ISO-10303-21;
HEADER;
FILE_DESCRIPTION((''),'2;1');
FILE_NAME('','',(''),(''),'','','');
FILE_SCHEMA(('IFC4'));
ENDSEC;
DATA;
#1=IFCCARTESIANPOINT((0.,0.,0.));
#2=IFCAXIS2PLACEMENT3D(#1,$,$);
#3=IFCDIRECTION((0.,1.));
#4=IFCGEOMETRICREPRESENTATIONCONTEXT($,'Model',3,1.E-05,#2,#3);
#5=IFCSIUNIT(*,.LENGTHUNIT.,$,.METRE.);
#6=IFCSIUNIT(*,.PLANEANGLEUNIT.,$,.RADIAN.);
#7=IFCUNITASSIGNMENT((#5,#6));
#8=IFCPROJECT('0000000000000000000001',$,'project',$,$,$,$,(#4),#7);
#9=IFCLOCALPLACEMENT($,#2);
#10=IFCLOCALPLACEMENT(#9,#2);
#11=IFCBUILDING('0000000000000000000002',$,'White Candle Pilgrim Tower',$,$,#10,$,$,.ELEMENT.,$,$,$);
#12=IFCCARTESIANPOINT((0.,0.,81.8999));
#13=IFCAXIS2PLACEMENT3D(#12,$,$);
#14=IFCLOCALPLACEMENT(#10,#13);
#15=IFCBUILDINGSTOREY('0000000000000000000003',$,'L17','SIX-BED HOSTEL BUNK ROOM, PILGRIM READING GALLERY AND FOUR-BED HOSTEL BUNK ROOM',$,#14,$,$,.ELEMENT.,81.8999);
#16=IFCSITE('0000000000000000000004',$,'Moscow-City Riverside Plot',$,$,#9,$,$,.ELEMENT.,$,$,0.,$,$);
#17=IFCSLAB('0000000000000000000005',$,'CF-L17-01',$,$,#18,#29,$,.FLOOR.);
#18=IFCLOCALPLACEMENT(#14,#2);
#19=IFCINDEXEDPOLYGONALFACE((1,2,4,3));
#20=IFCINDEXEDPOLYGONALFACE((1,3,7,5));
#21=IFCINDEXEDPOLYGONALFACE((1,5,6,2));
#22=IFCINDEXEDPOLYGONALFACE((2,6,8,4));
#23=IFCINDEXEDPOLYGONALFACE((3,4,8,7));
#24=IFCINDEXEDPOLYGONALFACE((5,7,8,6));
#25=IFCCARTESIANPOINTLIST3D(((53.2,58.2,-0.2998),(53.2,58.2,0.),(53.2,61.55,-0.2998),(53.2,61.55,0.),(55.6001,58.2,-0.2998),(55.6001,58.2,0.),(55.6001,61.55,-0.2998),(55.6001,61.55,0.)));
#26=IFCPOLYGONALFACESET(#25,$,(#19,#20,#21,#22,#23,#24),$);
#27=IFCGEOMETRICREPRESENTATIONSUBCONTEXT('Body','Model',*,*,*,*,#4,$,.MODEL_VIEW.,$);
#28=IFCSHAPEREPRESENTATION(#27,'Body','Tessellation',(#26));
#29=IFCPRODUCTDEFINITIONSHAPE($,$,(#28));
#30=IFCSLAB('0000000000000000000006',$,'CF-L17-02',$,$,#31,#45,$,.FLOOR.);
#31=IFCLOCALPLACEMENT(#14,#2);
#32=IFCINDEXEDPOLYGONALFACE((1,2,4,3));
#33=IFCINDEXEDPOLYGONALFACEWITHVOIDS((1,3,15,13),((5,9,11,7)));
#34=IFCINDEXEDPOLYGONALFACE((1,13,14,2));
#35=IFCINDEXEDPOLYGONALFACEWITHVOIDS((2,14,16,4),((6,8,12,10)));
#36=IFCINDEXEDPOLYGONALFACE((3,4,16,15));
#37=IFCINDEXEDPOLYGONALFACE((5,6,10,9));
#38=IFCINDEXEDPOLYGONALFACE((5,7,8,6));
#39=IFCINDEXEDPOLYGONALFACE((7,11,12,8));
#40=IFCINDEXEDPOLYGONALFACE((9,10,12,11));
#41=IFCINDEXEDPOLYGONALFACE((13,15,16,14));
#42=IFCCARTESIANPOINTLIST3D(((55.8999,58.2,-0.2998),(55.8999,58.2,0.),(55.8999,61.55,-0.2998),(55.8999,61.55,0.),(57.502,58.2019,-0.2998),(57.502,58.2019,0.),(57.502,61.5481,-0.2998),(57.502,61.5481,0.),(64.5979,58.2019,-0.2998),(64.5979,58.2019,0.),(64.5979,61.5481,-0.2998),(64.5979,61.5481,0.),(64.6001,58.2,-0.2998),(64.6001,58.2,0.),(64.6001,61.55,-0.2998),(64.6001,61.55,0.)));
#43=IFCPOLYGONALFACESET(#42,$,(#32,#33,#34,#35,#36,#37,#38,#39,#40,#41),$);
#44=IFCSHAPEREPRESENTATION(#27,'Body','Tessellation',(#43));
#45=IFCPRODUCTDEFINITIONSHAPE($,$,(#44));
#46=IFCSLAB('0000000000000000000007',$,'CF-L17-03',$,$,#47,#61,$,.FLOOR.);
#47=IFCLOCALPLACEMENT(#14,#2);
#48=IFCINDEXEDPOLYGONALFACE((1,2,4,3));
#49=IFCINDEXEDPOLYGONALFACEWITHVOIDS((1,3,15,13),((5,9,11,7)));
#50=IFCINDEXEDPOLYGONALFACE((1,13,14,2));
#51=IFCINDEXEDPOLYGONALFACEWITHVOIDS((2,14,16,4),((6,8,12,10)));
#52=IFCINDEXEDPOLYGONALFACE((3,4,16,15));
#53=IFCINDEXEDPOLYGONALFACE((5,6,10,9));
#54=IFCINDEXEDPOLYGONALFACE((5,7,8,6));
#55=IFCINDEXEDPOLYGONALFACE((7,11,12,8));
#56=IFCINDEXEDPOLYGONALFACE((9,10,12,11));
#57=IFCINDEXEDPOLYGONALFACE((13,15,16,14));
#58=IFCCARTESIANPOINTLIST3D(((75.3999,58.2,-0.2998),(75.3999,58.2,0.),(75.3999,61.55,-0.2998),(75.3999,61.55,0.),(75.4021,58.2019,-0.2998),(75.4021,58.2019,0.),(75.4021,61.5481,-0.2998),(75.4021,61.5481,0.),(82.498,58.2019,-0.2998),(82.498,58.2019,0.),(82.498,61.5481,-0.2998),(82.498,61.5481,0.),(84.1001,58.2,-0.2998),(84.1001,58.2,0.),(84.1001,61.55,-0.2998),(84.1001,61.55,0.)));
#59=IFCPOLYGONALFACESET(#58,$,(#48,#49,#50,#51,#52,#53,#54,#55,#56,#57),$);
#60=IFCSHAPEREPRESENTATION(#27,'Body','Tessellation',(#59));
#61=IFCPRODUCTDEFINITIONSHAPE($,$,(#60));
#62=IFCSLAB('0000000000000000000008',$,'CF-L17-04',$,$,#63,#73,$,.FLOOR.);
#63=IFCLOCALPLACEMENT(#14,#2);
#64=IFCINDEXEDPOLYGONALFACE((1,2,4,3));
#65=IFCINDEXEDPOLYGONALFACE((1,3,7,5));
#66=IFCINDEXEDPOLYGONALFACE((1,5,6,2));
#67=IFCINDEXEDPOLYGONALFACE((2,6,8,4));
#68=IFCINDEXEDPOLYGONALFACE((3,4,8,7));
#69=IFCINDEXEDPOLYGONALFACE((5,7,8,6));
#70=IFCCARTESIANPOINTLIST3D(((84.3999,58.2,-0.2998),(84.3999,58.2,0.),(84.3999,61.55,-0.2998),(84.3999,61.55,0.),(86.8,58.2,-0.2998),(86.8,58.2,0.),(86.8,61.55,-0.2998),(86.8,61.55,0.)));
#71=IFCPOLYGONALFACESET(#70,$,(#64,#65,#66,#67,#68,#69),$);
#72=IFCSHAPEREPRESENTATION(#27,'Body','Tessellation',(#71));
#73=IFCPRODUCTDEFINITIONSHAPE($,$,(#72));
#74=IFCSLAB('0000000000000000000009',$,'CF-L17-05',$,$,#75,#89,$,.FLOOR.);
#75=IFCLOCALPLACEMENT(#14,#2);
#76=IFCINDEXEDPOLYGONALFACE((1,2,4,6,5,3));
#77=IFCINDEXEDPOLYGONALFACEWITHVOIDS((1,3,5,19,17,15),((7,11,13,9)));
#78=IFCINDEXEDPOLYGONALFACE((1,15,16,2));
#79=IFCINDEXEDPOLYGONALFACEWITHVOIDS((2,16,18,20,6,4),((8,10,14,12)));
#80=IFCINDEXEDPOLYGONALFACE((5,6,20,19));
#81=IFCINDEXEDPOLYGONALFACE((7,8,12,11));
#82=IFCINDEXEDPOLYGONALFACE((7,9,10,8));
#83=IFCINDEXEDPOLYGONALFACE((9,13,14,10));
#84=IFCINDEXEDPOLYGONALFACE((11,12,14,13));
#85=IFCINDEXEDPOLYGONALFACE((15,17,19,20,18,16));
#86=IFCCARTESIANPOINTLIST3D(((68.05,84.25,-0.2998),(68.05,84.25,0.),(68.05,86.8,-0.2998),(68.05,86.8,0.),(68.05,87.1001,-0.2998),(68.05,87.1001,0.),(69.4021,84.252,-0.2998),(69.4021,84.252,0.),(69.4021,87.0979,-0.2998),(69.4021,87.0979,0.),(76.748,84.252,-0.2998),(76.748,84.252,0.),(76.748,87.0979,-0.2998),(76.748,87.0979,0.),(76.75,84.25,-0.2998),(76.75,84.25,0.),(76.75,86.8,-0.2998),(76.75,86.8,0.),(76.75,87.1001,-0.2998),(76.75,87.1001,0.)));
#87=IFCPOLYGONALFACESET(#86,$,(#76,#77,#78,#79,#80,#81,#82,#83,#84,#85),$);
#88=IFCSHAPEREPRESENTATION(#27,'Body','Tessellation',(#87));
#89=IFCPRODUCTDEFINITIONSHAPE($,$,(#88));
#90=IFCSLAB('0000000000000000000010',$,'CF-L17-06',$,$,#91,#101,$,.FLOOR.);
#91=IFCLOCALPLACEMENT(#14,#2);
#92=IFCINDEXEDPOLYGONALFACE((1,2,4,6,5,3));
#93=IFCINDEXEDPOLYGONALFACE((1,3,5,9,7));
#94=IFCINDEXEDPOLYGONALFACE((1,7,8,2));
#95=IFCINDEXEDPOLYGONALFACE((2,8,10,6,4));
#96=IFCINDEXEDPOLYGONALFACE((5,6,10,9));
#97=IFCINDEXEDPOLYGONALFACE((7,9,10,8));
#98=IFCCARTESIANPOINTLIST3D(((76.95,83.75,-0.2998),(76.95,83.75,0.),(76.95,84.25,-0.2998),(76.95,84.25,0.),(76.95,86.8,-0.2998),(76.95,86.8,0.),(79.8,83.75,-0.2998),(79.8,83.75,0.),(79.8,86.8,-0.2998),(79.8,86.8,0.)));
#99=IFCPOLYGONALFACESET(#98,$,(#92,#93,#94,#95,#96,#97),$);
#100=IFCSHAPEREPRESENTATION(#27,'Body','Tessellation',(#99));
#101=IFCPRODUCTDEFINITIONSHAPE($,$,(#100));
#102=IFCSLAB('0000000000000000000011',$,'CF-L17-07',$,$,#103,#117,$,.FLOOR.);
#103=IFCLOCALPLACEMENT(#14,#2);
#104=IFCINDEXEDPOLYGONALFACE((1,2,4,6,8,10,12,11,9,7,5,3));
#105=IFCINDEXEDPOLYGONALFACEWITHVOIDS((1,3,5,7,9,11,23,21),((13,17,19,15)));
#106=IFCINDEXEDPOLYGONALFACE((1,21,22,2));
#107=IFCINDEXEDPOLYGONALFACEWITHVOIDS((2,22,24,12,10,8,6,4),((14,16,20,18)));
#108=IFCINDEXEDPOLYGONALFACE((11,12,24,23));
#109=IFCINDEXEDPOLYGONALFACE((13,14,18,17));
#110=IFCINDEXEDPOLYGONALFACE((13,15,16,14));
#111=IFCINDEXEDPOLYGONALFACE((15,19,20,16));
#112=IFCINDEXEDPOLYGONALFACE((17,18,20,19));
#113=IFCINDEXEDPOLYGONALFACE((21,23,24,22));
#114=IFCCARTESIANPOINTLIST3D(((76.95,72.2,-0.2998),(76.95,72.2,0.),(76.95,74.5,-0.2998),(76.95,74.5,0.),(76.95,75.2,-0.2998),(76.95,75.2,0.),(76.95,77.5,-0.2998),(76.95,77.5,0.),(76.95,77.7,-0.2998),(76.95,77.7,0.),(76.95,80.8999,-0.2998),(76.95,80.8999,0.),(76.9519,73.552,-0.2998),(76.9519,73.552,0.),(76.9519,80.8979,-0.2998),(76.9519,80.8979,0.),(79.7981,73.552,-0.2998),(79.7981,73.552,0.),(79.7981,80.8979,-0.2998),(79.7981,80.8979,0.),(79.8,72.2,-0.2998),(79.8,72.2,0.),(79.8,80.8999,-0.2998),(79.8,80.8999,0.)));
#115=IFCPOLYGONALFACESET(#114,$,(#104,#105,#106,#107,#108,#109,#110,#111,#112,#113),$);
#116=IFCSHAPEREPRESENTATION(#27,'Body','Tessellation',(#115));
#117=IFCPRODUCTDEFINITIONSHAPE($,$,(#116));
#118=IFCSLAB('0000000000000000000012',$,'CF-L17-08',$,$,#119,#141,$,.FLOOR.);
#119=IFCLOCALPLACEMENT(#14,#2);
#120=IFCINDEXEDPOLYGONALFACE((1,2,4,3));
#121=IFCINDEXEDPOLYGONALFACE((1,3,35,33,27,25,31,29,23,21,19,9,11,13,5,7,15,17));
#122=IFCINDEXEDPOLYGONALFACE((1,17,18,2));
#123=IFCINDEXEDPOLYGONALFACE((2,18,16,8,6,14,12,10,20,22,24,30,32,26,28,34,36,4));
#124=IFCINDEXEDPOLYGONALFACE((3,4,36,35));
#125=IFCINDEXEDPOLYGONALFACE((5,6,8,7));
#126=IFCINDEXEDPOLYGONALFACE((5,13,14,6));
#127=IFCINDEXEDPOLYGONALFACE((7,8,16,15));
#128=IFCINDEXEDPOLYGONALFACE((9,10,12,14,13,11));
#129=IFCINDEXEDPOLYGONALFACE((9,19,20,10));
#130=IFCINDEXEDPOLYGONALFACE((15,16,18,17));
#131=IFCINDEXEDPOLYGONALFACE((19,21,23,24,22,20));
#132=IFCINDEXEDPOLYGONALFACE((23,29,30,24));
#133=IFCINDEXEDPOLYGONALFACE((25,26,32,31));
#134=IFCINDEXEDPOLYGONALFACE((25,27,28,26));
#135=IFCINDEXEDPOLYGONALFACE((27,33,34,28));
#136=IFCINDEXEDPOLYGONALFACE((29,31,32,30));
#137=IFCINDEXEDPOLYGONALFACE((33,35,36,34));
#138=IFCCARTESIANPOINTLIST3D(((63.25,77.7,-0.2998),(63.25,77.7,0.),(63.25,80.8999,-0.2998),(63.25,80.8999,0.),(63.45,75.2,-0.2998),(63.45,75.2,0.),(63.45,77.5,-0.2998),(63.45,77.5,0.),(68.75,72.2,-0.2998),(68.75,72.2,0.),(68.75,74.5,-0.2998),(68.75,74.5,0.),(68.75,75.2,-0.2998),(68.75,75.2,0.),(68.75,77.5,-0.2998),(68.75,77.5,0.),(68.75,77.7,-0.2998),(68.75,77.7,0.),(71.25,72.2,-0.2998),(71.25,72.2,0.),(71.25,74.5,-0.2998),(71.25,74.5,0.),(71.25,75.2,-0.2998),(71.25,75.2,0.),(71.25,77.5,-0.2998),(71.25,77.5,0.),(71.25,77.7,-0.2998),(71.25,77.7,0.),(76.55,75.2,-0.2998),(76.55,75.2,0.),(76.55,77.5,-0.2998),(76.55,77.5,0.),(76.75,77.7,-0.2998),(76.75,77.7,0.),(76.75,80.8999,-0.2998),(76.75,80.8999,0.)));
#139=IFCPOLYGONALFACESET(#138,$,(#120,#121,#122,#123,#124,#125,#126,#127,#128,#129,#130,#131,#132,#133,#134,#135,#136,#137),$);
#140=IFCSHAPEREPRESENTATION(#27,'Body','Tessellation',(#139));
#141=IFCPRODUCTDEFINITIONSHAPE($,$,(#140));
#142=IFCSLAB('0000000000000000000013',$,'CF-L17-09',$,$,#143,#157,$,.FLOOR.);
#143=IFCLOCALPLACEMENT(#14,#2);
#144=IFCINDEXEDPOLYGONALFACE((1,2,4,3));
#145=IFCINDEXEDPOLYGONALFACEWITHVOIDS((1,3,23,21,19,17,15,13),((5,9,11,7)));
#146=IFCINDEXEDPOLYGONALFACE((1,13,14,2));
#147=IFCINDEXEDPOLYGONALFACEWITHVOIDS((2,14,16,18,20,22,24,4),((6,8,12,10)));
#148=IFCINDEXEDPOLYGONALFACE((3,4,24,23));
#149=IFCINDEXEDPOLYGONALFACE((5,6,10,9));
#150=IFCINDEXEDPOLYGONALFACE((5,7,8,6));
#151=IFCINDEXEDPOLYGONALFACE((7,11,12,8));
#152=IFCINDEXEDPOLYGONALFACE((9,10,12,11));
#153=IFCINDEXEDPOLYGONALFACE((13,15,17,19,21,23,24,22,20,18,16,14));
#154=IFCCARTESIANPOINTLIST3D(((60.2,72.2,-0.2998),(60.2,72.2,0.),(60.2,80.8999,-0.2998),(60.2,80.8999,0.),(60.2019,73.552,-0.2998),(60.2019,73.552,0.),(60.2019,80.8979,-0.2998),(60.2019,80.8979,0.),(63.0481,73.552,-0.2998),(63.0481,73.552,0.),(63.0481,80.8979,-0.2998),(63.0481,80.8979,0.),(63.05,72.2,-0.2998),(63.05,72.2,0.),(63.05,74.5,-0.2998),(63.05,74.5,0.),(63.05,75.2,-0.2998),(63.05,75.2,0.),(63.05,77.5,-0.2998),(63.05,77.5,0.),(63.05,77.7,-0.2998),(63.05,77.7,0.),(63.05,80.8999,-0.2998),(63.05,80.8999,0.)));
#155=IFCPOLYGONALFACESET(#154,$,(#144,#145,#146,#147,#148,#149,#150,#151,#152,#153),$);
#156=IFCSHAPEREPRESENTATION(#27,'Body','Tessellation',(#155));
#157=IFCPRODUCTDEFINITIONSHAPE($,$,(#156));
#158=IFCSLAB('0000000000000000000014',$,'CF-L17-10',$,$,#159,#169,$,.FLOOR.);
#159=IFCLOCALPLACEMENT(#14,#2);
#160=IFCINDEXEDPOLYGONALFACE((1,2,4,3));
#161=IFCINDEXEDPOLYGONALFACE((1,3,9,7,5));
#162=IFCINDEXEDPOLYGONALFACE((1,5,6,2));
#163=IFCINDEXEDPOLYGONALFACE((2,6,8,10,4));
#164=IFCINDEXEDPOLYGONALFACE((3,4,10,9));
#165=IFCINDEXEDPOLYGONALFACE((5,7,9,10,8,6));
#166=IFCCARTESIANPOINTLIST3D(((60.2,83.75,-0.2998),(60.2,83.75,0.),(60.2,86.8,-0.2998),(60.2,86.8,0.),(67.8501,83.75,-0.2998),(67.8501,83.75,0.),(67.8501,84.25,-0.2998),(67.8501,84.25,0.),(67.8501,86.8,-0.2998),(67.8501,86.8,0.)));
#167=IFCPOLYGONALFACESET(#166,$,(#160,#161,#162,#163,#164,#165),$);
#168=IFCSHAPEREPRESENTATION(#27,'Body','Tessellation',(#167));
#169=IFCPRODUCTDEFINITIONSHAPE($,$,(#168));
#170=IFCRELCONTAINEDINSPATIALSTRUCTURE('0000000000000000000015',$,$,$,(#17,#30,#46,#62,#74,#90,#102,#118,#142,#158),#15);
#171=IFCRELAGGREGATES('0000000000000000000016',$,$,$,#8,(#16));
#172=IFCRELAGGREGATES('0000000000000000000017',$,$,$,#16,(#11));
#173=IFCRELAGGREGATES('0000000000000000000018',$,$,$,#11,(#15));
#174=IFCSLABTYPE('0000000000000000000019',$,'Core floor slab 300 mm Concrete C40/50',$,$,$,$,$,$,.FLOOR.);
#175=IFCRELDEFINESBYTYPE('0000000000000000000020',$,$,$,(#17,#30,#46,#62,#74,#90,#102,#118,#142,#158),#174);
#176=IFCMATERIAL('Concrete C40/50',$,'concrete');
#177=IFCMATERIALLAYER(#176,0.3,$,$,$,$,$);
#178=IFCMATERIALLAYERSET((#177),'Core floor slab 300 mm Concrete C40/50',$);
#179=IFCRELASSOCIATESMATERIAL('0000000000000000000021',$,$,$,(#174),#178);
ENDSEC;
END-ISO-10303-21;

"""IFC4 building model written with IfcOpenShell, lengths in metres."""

from ifc_helpers import new_model, si_unit, direction, frame, origin, place, context, subcontext, project, spatial, polyline, outline, extrude, material, layer, layer_set, type_object, element, save


model = new_model("IFC4")

# Units and contexts
model_context = context("Model", 3, precision=1e-05, world=origin(), true_north=direction((0.0, 1.0)))
body_context = subcontext(model_context, "Body", "Model", "MODEL_VIEW")
ifc_project = project(units=[si_unit("LENGTHUNIT", "METRE"), si_unit("PLANEANGLEUNIT", "RADIAN")], contexts=[model_context])

# Site, building, storey
site_placement = place(None, origin())
site = spatial("IfcSite", under=ifc_project, at=site_placement, Name="Moscow-City Riverside Plot", CompositionType="ELEMENT", RefElevation=0.0)
building_placement = place(site_placement, origin())
building = spatial("IfcBuilding", under=site, at=building_placement, Name="White Candle Pilgrim Tower", CompositionType="ELEMENT")
storey_placement = place(building_placement, frame((0.0, 0.0, 81.8999)))
storey = spatial("IfcBuildingStorey", under=building, at=storey_placement, Name="L17", Description="SIX-BED HOSTEL BUNK ROOM, PILGRIM READING GALLERY AND FOUR-BED HOSTEL BUNK ROOM", CompositionType="ELEMENT", Elevation=81.8999)

# Slabs
ifc_material = material(Name="Concrete C40/50", Category="concrete")
ifc_layer_1 = layer(ifc_material, 0.3)
ifc_layer_set_1 = layer_set([ifc_layer_1], Name="Core floor slab 300 mm Concrete C40/50")
slab_type_1 = type_object("IfcSlabType", Name="Core floor slab 300 mm Concrete C40/50", PredefinedType="FLOOR", material=ifc_layer_set_1)
slab_1_placement = place(storey_placement, frame((0.0, 0.0, -0.2998)))
element("IfcSlab", 1, at=slab_1_placement, inside=storey, type_object=slab_type_1, Name="CF-L17-01", PredefinedType="FLOOR", context=body_context, shape_type="SweptSolid", body=[
    extrude(outline(polyline([(55.6001, 58.2), (53.2, 58.2), (53.2, 61.55), (55.6001, 61.55), (55.6001, 58.2)])), origin(), (0.0, 0.0, 1.0), 0.2998),
])
slab_2_placement = place(storey_placement, frame((0.0, 0.0, -0.2998)))
element("IfcSlab", 2, at=slab_2_placement, inside=storey, type_object=slab_type_1, Name="CF-L17-02", PredefinedType="FLOOR", context=body_context, shape_type="SweptSolid", body=[
    extrude(outline(polyline([(55.8999, 58.2), (55.8999, 61.55), (64.6001, 61.55), (64.6001, 58.2), (55.8999, 58.2)]), holes=[polyline([(57.502, 61.5481), (57.502, 58.2019), (64.5979, 58.2019), (64.5979, 61.5481), (57.502, 61.5481)])]), origin(), (0.0, 0.0, 1.0), 0.2998),
])
slab_3_placement = place(storey_placement, frame((0.0, 0.0, -0.2998)))
element("IfcSlab", 3, at=slab_3_placement, inside=storey, type_object=slab_type_1, Name="CF-L17-03", PredefinedType="FLOOR", context=body_context, shape_type="SweptSolid", body=[
    extrude(outline(polyline([(75.3999, 58.2), (75.3999, 61.55), (84.1001, 61.55), (84.1001, 58.2), (75.3999, 58.2)]), holes=[polyline([(82.498, 58.2019), (82.498, 61.5481), (75.4021, 61.5481), (75.4021, 58.2019), (82.498, 58.2019)])]), origin(), (0.0, 0.0, 1.0), 0.2998),
])
slab_4_placement = place(storey_placement, frame((0.0, 0.0, -0.2998)))
element("IfcSlab", 4, at=slab_4_placement, inside=storey, type_object=slab_type_1, Name="CF-L17-04", PredefinedType="FLOOR", context=body_context, shape_type="SweptSolid", body=[
    extrude(outline(polyline([(86.8, 58.2), (84.3999, 58.2), (84.3999, 61.55), (86.8, 61.55), (86.8, 58.2)])), origin(), (0.0, 0.0, 1.0), 0.2998),
])
slab_5_placement = place(storey_placement, frame((0.0, 0.0, -0.2998)))
element("IfcSlab", 5, at=slab_5_placement, inside=storey, type_object=slab_type_1, Name="CF-L17-05", PredefinedType="FLOOR", context=body_context, shape_type="SweptSolid", body=[
    extrude(outline(polyline([(76.75, 87.1001), (76.75, 86.8), (76.75, 84.25), (68.05, 84.25), (68.05, 86.8), (68.05, 87.1001), (76.75, 87.1001)]), holes=[polyline([(69.4021, 87.0979), (69.4021, 84.252), (76.748, 84.252), (76.748, 87.0979), (69.4021, 87.0979)])]), origin(), (0.0, 0.0, 1.0), 0.2998),
])
slab_6_placement = place(storey_placement, frame((0.0, 0.0, -0.2998)))
element("IfcSlab", 6, at=slab_6_placement, inside=storey, type_object=slab_type_1, Name="CF-L17-06", PredefinedType="FLOOR", context=body_context, shape_type="SweptSolid", body=[
    extrude(outline(polyline([(79.8, 86.8), (79.8, 83.75), (76.95, 83.75), (76.95, 84.25), (76.95, 86.8), (79.8, 86.8)])), origin(), (0.0, 0.0, 1.0), 0.2998),
])
slab_7_placement = place(storey_placement, frame((0.0, 0.0, -0.2998)))
element("IfcSlab", 7, at=slab_7_placement, inside=storey, type_object=slab_type_1, Name="CF-L17-07", PredefinedType="FLOOR", context=body_context, shape_type="SweptSolid", body=[
    extrude(outline(polyline([(79.8, 72.2), (76.95, 72.2), (76.95, 74.5), (76.95, 75.2), (76.95, 77.5), (76.95, 77.7), (76.95, 80.8999), (79.8, 80.8999), (79.8, 72.2)]), holes=[polyline([(76.9519, 73.552), (79.7981, 73.552), (79.7981, 80.8979), (76.9519, 80.8979), (76.9519, 73.552)])]), origin(), (0.0, 0.0, 1.0), 0.2998),
])
slab_8_placement = place(storey_placement, frame((0.0, 0.0, -0.2998)))
element("IfcSlab", 8, at=slab_8_placement, inside=storey, type_object=slab_type_1, Name="CF-L17-08", PredefinedType="FLOOR", context=body_context, shape_type="SweptSolid", body=[
    extrude(outline(polyline([(68.75, 72.2), (68.75, 74.5), (68.75, 75.2), (63.45, 75.2), (63.45, 77.5), (68.75, 77.5), (68.75, 77.7), (63.25, 77.7), (63.25, 80.8999), (76.75, 80.8999), (76.75, 77.7), (71.25, 77.7), (71.25, 77.5), (76.55, 77.5), (76.55, 75.2), (71.25, 75.2), (71.25, 74.5), (71.25, 72.2), (68.75, 72.2)])), origin(), (0.0, 0.0, 1.0), 0.2998),
])
slab_9_placement = place(storey_placement, frame((0.0, 0.0, -0.2998)))
element("IfcSlab", 9, at=slab_9_placement, inside=storey, type_object=slab_type_1, Name="CF-L17-09", PredefinedType="FLOOR", context=body_context, shape_type="SweptSolid", body=[
    extrude(outline(polyline([(60.2, 72.2), (60.2, 80.8999), (63.05, 80.8999), (63.05, 77.7), (63.05, 77.5), (63.05, 75.2), (63.05, 74.5), (63.05, 72.2), (60.2, 72.2)]), holes=[polyline([(60.2019, 73.552), (63.0481, 73.552), (63.0481, 80.8979), (60.2019, 80.8979), (60.2019, 73.552)])]), origin(), (0.0, 0.0, 1.0), 0.2998),
])
slab_10_placement = place(storey_placement, frame((0.0, 0.0, -0.2998)))
element("IfcSlab", 10, at=slab_10_placement, inside=storey, type_object=slab_type_1, Name="CF-L17-10", PredefinedType="FLOOR", context=body_context, shape_type="SweptSolid", body=[
    extrude(outline(polyline([(60.2, 86.8), (67.8501, 86.8), (67.8501, 84.25), (67.8501, 83.75), (60.2, 83.75), (60.2, 86.8)])), origin(), (0.0, 0.0, 1.0), 0.2998),
])

save(model, "model.ifc")
